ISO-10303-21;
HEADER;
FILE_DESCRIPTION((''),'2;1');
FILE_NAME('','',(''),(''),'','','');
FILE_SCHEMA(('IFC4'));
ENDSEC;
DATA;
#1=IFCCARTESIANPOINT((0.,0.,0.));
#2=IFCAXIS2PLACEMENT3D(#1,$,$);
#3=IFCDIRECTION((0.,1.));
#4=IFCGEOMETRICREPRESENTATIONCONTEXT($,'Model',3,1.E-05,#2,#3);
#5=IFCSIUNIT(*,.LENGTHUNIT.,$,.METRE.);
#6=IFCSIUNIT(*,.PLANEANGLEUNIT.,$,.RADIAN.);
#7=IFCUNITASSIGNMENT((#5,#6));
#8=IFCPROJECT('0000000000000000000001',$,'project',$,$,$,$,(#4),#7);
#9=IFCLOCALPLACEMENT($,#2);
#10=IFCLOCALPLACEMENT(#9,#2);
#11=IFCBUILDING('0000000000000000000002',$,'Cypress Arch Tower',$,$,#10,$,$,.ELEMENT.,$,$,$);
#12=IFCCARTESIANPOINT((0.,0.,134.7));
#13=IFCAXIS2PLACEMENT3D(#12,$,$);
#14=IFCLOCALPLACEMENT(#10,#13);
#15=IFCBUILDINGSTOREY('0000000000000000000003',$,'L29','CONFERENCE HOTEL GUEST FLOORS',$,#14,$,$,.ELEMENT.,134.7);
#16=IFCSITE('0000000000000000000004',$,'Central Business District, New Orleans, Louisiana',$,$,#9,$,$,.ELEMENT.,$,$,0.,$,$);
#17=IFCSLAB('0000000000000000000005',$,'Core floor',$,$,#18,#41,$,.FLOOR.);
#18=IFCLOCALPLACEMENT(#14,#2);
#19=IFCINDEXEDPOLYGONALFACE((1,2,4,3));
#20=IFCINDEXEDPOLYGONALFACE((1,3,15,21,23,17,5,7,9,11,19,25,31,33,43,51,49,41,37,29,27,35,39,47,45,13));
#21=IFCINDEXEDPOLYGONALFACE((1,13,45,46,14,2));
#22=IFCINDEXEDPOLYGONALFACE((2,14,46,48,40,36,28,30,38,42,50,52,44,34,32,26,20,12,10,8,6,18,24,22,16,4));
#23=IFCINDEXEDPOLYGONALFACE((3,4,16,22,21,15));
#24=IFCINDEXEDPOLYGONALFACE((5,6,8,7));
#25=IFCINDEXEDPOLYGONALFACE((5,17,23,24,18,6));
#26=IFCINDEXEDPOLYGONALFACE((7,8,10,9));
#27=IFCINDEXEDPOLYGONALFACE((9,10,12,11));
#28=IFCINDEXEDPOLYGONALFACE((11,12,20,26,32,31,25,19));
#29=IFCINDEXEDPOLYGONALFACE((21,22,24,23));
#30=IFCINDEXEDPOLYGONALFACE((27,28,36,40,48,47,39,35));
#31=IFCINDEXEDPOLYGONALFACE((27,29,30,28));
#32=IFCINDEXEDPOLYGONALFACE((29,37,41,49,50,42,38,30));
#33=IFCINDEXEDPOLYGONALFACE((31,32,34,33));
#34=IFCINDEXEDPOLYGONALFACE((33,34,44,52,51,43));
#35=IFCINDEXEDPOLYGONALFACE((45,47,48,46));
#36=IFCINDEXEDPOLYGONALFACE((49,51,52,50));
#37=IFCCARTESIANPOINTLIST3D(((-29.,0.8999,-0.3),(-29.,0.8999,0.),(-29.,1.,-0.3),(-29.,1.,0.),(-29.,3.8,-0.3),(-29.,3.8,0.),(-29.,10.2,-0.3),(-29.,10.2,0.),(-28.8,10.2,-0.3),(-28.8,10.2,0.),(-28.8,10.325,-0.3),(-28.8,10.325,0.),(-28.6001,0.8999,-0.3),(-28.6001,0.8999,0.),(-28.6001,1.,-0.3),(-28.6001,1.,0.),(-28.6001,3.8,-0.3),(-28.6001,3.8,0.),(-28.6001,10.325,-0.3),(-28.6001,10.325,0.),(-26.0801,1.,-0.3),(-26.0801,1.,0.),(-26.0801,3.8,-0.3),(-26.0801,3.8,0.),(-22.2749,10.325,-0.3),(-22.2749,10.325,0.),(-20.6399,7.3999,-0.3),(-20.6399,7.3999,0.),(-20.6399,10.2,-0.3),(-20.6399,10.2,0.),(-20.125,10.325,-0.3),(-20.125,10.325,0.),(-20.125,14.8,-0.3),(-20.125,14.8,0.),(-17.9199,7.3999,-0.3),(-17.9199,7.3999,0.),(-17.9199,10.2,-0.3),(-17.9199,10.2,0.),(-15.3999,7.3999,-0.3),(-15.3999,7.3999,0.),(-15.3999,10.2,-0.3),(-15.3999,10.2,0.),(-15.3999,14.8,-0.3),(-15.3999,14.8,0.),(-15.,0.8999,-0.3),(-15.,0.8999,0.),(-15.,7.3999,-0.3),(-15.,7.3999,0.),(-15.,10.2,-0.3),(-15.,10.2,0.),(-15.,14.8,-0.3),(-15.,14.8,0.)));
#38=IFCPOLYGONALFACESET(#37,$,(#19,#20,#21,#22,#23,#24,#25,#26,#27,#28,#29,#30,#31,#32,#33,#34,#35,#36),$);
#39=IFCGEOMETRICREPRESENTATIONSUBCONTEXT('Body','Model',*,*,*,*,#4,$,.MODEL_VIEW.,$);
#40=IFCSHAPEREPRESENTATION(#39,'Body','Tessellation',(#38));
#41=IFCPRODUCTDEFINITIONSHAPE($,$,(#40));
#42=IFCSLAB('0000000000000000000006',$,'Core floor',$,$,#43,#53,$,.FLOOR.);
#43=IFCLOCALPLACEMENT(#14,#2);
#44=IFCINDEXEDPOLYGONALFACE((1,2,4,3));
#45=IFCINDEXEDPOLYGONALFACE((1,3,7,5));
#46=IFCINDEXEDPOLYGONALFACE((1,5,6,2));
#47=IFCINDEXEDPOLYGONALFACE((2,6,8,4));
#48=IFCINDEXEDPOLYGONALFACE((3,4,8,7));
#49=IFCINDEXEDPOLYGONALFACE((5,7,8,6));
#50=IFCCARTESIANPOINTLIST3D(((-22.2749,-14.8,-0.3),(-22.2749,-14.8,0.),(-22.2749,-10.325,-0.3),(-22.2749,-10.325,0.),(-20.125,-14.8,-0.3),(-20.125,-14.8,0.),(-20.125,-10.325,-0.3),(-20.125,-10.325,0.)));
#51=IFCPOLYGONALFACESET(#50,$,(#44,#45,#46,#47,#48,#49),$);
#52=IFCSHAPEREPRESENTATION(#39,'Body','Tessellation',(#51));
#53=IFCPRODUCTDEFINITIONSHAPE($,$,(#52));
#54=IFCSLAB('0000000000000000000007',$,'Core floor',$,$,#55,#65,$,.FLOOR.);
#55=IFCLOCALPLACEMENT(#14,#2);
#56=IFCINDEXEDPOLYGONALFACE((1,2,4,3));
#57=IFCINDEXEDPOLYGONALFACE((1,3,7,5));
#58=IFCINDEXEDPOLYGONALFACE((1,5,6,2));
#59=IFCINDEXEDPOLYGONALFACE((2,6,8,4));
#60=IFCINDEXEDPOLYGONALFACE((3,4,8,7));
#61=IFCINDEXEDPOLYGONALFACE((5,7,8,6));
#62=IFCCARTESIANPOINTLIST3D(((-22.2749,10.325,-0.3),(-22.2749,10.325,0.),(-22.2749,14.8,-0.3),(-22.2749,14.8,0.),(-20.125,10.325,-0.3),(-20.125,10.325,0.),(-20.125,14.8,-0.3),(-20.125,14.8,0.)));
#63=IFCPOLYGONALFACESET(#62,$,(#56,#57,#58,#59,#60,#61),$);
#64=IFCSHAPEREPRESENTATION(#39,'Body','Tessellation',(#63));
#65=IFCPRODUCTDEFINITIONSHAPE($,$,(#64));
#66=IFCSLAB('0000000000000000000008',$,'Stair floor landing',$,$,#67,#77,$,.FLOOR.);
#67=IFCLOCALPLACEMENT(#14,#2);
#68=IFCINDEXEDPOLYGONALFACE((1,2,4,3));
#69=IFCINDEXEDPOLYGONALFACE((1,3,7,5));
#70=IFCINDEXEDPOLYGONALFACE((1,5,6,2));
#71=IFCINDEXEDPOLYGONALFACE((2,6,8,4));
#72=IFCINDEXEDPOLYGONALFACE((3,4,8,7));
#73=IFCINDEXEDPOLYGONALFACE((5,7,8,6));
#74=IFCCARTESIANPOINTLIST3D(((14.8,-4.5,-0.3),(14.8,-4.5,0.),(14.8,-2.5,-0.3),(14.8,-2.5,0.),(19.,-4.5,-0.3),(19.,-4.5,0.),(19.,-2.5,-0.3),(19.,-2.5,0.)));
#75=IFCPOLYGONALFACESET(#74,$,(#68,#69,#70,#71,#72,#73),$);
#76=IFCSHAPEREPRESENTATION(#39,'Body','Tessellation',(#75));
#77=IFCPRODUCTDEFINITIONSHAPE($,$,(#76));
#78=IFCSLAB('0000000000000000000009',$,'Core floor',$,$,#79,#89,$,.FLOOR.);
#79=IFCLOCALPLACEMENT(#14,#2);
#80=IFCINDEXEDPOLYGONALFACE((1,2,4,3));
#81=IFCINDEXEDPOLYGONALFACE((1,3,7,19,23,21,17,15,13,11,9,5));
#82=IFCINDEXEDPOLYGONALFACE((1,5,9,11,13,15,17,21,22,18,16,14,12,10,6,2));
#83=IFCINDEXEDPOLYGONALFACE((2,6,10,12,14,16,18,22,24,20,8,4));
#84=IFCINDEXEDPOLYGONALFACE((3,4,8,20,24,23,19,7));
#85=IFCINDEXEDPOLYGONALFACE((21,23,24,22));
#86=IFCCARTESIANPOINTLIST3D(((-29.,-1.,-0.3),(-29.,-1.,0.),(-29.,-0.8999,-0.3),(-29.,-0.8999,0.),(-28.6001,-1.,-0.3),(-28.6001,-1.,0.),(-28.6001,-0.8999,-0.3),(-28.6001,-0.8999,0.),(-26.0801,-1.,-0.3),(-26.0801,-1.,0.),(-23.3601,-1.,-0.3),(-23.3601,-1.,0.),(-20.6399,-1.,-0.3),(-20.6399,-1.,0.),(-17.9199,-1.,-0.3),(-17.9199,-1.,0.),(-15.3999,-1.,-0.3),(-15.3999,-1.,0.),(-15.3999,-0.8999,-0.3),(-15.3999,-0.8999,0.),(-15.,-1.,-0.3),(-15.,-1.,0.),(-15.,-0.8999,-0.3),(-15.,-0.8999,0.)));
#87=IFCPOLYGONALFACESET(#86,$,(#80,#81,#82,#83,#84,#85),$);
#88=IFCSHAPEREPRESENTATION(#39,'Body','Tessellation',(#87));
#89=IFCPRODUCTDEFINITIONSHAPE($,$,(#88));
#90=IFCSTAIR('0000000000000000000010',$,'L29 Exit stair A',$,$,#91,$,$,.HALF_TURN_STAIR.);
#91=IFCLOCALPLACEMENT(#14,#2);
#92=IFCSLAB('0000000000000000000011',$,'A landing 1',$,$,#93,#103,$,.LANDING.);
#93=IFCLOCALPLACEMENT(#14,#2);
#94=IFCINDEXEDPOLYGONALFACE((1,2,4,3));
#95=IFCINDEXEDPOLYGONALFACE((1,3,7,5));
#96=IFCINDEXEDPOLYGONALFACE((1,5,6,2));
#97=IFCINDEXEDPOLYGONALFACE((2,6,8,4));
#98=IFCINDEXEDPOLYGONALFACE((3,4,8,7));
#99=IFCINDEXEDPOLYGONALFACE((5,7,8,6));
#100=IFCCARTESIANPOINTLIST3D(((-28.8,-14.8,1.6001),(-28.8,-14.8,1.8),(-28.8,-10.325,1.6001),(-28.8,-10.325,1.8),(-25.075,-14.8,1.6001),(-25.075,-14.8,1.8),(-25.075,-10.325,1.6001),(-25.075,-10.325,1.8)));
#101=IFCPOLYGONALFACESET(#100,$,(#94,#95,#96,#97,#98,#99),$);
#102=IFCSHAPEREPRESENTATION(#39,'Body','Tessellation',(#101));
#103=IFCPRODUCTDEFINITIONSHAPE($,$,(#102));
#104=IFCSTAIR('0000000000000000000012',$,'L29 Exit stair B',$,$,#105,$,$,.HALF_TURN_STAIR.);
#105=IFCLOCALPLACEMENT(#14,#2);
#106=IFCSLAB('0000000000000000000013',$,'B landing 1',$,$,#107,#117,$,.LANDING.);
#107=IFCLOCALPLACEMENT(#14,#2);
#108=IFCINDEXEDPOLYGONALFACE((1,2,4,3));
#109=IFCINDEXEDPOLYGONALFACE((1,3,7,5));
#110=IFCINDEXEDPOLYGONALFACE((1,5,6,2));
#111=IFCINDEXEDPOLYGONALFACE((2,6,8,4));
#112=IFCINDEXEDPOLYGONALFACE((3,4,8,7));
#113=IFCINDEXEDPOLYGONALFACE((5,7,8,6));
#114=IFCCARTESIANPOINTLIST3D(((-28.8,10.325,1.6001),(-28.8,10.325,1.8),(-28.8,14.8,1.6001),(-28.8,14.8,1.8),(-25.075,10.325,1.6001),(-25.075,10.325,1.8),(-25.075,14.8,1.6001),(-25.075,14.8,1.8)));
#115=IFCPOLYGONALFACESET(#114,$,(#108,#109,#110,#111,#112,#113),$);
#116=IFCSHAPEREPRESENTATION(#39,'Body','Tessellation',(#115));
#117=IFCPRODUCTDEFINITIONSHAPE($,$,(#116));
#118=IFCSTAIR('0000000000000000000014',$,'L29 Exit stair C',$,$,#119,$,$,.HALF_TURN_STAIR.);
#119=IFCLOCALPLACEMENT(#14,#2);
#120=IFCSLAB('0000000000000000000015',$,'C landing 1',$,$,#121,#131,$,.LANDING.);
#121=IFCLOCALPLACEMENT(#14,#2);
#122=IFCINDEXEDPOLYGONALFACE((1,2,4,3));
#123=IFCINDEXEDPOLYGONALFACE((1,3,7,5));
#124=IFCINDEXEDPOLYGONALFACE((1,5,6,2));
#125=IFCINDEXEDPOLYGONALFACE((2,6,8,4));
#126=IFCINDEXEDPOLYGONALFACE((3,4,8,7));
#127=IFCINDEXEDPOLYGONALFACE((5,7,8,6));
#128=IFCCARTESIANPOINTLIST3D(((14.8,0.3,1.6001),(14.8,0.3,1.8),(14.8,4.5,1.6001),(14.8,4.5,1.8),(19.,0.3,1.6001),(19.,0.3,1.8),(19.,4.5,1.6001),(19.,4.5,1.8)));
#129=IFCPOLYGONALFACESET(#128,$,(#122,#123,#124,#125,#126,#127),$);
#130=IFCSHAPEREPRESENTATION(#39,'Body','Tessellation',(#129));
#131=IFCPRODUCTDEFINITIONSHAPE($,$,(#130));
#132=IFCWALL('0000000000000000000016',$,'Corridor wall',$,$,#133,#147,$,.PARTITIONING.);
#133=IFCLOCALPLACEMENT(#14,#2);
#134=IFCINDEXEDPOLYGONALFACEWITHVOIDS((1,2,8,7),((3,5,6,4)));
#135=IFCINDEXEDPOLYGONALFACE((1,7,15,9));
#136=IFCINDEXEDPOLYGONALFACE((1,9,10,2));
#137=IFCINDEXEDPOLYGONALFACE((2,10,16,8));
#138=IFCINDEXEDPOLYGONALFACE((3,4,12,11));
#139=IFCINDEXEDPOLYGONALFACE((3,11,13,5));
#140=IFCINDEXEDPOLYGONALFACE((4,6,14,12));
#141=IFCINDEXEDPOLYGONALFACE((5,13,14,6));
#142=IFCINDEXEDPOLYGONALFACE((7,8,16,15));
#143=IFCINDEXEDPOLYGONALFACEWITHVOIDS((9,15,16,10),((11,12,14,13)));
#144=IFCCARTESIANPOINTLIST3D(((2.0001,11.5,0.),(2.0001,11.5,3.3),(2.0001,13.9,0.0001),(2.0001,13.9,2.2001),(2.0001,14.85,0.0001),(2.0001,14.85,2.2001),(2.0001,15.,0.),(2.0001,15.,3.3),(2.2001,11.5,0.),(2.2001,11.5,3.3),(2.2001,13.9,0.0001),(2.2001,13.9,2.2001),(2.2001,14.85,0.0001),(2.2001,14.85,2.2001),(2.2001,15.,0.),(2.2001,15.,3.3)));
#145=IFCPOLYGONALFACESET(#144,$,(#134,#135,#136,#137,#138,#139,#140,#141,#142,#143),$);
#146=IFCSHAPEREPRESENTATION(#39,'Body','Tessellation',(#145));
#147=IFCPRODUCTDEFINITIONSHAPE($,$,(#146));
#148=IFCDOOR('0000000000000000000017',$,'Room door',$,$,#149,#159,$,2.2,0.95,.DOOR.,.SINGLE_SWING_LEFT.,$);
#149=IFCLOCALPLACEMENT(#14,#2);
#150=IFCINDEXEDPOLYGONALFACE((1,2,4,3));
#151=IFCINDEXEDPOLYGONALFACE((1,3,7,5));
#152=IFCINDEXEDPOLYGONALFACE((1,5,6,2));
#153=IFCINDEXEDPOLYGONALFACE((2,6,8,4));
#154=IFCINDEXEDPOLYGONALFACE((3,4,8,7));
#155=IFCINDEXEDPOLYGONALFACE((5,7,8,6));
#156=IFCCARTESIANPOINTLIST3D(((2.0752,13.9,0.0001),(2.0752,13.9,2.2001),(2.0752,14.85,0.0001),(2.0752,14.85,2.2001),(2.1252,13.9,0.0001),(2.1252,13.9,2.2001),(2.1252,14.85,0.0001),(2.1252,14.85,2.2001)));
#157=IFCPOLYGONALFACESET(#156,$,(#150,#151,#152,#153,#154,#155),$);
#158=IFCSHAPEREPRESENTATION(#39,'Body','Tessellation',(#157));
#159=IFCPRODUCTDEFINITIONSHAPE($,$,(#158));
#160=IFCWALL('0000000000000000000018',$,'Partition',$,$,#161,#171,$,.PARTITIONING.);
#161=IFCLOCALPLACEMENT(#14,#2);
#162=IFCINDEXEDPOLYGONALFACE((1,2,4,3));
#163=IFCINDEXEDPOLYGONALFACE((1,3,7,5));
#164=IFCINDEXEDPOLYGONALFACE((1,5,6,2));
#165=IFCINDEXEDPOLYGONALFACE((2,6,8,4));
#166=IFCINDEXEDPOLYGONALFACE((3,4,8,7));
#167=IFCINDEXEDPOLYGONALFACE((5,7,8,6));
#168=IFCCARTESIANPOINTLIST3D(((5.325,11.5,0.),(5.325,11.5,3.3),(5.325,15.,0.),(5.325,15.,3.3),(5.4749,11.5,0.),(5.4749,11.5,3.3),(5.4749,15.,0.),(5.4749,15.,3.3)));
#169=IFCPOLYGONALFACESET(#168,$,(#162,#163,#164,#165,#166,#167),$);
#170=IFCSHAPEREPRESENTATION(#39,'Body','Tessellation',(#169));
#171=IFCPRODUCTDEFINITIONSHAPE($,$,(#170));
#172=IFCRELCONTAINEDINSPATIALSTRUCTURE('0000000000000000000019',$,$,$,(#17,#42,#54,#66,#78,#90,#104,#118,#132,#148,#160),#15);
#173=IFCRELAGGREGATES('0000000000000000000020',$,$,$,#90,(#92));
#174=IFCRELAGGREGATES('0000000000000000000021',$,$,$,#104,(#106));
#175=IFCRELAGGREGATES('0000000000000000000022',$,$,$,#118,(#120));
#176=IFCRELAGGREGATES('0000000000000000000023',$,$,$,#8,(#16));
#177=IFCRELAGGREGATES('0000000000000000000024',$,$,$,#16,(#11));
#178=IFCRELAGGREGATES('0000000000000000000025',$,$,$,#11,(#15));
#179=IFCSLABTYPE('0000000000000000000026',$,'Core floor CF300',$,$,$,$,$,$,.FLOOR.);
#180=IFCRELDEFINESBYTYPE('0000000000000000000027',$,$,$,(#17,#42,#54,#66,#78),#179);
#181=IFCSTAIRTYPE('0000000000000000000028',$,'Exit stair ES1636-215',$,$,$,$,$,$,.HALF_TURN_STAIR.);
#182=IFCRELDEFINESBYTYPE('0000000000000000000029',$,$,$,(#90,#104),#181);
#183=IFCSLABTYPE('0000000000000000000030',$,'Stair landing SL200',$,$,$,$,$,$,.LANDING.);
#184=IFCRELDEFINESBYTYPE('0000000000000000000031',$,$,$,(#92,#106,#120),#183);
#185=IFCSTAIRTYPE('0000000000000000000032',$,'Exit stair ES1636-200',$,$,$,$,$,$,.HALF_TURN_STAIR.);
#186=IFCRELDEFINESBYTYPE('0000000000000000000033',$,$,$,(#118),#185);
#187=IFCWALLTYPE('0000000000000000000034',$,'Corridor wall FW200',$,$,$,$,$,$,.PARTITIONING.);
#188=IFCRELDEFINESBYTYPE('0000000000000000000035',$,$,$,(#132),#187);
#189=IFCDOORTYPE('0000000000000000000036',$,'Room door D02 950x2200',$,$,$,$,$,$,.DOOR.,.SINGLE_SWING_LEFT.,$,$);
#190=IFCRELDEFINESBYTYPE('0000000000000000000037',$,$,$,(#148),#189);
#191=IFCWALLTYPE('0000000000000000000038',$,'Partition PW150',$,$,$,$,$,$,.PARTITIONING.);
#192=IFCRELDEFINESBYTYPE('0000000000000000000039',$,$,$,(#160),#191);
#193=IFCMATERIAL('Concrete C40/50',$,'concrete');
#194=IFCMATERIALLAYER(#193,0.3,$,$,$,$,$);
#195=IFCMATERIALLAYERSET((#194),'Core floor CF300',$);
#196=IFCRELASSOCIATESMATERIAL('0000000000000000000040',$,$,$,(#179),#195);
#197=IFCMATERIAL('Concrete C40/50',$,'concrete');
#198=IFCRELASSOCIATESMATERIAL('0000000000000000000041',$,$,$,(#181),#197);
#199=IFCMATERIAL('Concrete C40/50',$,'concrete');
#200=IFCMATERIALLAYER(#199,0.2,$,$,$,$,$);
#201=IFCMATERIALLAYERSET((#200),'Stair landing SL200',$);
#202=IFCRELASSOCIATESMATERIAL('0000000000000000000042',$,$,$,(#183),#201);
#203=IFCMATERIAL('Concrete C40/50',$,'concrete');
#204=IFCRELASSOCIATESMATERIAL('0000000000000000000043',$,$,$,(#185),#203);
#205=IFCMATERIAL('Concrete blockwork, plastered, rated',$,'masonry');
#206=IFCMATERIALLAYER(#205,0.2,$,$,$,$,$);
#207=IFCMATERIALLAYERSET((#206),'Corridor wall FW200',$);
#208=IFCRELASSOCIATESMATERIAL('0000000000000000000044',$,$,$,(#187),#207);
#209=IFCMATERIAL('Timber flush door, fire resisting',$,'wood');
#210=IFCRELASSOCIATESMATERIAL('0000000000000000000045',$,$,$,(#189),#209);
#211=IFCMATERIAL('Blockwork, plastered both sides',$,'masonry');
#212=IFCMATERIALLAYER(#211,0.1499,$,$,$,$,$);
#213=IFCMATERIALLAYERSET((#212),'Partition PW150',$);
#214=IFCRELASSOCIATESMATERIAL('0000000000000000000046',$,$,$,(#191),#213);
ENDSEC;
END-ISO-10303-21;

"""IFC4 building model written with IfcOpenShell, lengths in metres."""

from ifc_helpers import new_model, si_unit, direction, frame, frame_2d, origin, place, context, subcontext, project, spatial, polyline, rectangle, outline, extrude, material, layer, layer_set, type_object, element, fill, aggregate, save


model = new_model("IFC4")

# Units and contexts
model_context = context("Model", 3, precision=1e-05, world=origin(), true_north=direction((0.0, 1.0)))
body_context = subcontext(model_context, "Body", "Model", "MODEL_VIEW")
ifc_project = project(units=[si_unit("LENGTHUNIT", "METRE"), si_unit("PLANEANGLEUNIT", "RADIAN")], contexts=[model_context])

# Site, building, storey
site_placement = place(None, origin())
site = spatial("IfcSite", under=ifc_project, at=site_placement, Name="Central Business District, New Orleans, Louisiana", CompositionType="ELEMENT", RefElevation=0.0)
building_placement = place(site_placement, origin())
building = spatial("IfcBuilding", under=site, at=building_placement, Name="Cypress Arch Tower", CompositionType="ELEMENT")
storey_placement = place(building_placement, frame((0.0, 0.0, 134.7)))
storey = spatial("IfcBuildingStorey", under=building, at=storey_placement, Name="L29", Description="CONFERENCE HOTEL GUEST FLOORS", CompositionType="ELEMENT", Elevation=134.7)

# Slabs
ifc_material_1 = material(Name="Concrete C40/50", Category="concrete")
ifc_layer_1 = layer(ifc_material_1, 0.3)
ifc_layer_set_1 = layer_set([ifc_layer_1], Name="Core floor CF300")
slab_type_1 = type_object("IfcSlabType", Name="Core floor CF300", PredefinedType="FLOOR", material=ifc_layer_set_1)
slab_1_placement = place(storey_placement, frame((0.0, 0.0, -0.3)))
element("IfcSlab", 1, at=slab_1_placement, inside=storey, type_object=slab_type_1, Name="Core floor", PredefinedType="FLOOR", context=body_context, shape_type="SweptSolid", body=[
    extrude(outline(polyline([(-29.0, 3.8), (-29.0, 10.2), (-28.8, 10.2), (-28.8, 10.325), (-28.6001, 10.325), (-22.2749, 10.325), (-20.125, 10.325), (-20.125, 14.8), (-15.3999, 14.8), (-15.0, 14.8), (-15.0, 10.2), (-15.3999, 10.2), (-17.9199, 10.2), (-20.6399, 10.2), (-20.6399, 7.3999), (-17.9199, 7.3999), (-15.3999, 7.3999), (-15.0, 7.3999), (-15.0, 0.8999), (-28.6001, 0.8999), (-29.0, 0.8999), (-29.0, 1.0), (-28.6001, 1.0), (-26.0801, 1.0), (-26.0801, 3.8), (-28.6001, 3.8), (-29.0, 3.8)])), origin(), (0.0, 0.0, 1.0), 0.3),
])
slab_2_placement = place(storey_placement, frame((0.0, 0.0, -0.3)))
element("IfcSlab", 2, at=slab_2_placement, inside=storey, type_object=slab_type_1, Name="Core floor", PredefinedType="FLOOR", context=body_context, shape_type="SweptSolid", body=[
    extrude(outline(polyline([(-22.2749, -10.325), (-22.2749, -14.8), (-20.125, -14.8), (-20.125, -10.325), (-22.2749, -10.325)])), origin(), (0.0, 0.0, 1.0), 0.3),
])
slab_3_placement = place(storey_placement, frame((0.0, 0.0, -0.3)))
element("IfcSlab", 3, at=slab_3_placement, inside=storey, type_object=slab_type_1, Name="Core floor", PredefinedType="FLOOR", context=body_context, shape_type="SweptSolid", body=[
    extrude(outline(polyline([(-20.125, 14.8), (-22.2749, 14.8), (-22.2749, 10.325), (-20.125, 10.325), (-20.125, 14.8)])), origin(), (0.0, 0.0, 1.0), 0.3),
])
slab_4_placement = place(storey_placement, frame((0.0, 0.0, -0.3)))
element("IfcSlab", 4, at=slab_4_placement, inside=storey, type_object=slab_type_1, Name="Stair floor landing", PredefinedType="FLOOR", context=body_context, shape_type="SweptSolid", body=[
    extrude(outline(polyline([(19.0, -4.5), (19.0, -2.5), (14.8, -2.5), (14.8, -4.5), (19.0, -4.5)])), origin(), (0.0, 0.0, 1.0), 0.3),
])
slab_5_placement = place(storey_placement, frame((0.0, 0.0, -0.3)))
element("IfcSlab", 5, at=slab_5_placement, inside=storey, type_object=slab_type_1, Name="Core floor", PredefinedType="FLOOR", context=body_context, shape_type="SweptSolid", body=[
    extrude(outline(polyline([(-20.6399, -1.0), (-23.3601, -1.0), (-26.0801, -1.0), (-28.6001, -1.0), (-29.0, -1.0), (-29.0, -0.8999), (-28.6001, -0.8999), (-15.3999, -0.8999), (-15.0, -0.8999), (-15.0, -1.0), (-15.3999, -1.0), (-17.9199, -1.0), (-20.6399, -1.0)])), origin(), (0.0, 0.0, 1.0), 0.3),
])

# Stairs, slabs
ifc_material_2 = material(Name="Concrete C40/50", Category="concrete")
stair_type_1 = type_object("IfcStairType", Name="Exit stair ES1636-215", PredefinedType="HALF_TURN_STAIR", material=ifc_material_2)
stair_1_placement = place(storey_placement, origin())
stair_1 = element("IfcStair", 6, at=stair_1_placement, inside=storey, type_object=stair_type_1, Name="L29 Exit stair A", PredefinedType="HALF_TURN_STAIR")
ifc_material_3 = material(Name="Concrete C40/50", Category="concrete")
ifc_layer_2 = layer(ifc_material_3, 0.2)
ifc_layer_set_2 = layer_set([ifc_layer_2], Name="Stair landing SL200")
slab_type_2 = type_object("IfcSlabType", Name="Stair landing SL200", PredefinedType="LANDING", material=ifc_layer_set_2)
slab_6_placement = place(storey_placement, frame((0.0, 0.0, 1.6001)))
slab_6 = element("IfcSlab", 7, at=slab_6_placement, type_object=slab_type_2, Name="A landing 1", PredefinedType="LANDING", context=body_context, shape_type="SweptSolid", body=[
    extrude(outline(polyline([(-25.075, -10.325), (-28.8, -10.325), (-28.8, -14.8), (-25.075, -14.8), (-25.075, -10.325)])), origin(), (0.0, 0.0, 1.0), 0.2),
])
aggregate(stair_1, [slab_6])
stair_2_placement = place(storey_placement, origin())
stair_2 = element("IfcStair", 8, at=stair_2_placement, inside=storey, type_object=stair_type_1, Name="L29 Exit stair B", PredefinedType="HALF_TURN_STAIR")
slab_7_placement = place(storey_placement, frame((0.0, 0.0, 1.6001)))
slab_7 = element("IfcSlab", 9, at=slab_7_placement, type_object=slab_type_2, Name="B landing 1", PredefinedType="LANDING", context=body_context, shape_type="SweptSolid", body=[
    extrude(outline(polyline([(-25.075, 14.8), (-28.8, 14.8), (-28.8, 10.325), (-25.075, 10.325), (-25.075, 14.8)])), origin(), (0.0, 0.0, 1.0), 0.2),
])
aggregate(stair_2, [slab_7])
ifc_material_4 = material(Name="Concrete C40/50", Category="concrete")
stair_type_2 = type_object("IfcStairType", Name="Exit stair ES1636-200", PredefinedType="HALF_TURN_STAIR", material=ifc_material_4)
stair_3_placement = place(storey_placement, origin())
stair_3 = element("IfcStair", 10, at=stair_3_placement, inside=storey, type_object=stair_type_2, Name="L29 Exit stair C", PredefinedType="HALF_TURN_STAIR")
slab_8_placement = place(storey_placement, frame((0.0, 0.0, 1.6001)))
slab_8 = element("IfcSlab", 11, at=slab_8_placement, type_object=slab_type_2, Name="C landing 1", PredefinedType="LANDING", context=body_context, shape_type="SweptSolid", body=[
    extrude(outline(polyline([(19.0, 0.3), (19.0, 4.5), (14.8, 4.5), (14.8, 0.3), (19.0, 0.3)])), origin(), (0.0, 0.0, 1.0), 0.2),
])
aggregate(stair_3, [slab_8])

# Wall, opening, door
ifc_material_5 = material(Name="Concrete blockwork, plastered, rated", Category="masonry")
ifc_layer_3 = layer(ifc_material_5, 0.2)
ifc_layer_set_3 = layer_set([ifc_layer_3], Name="Corridor wall FW200")
wall_type_1 = type_object("IfcWallType", Name="Corridor wall FW200", PredefinedType="PARTITIONING", material=ifc_layer_set_3)
wall_1_placement = place(storey_placement, frame((2.1001, 11.5, 0.0), z_axis=(0.0, 0.0, 1.0), x_axis=(0.0, 1.0, 0.0)))
wall_1 = element("IfcWall", 12, at=wall_1_placement, inside=storey, type_object=wall_type_1, Name="Corridor wall", PredefinedType="PARTITIONING", context=body_context, shape_type="SweptSolid", body=[
    extrude(rectangle(XDim=3.5, YDim=0.2, at=frame_2d((1.75, 0.0))), origin(), (0.0, 0.0, 1.0), 3.3),
])
opening_placement = place(wall_1_placement, frame((2.3999, 0.0, 0.0)))
opening = element("IfcOpeningElement", 13, at=opening_placement, cuts=wall_1, PredefinedType="OPENING", context=body_context, shape_type="SweptSolid", body=[
    extrude(rectangle(XDim=0.95, YDim=2.2, at=frame_2d((0.4751, 1.1001))), frame((0.0, 0.1099, 0.0), z_axis=(0.0, -1.0, 0.0), x_axis=(1.0, 0.0, 0.0)), (0.0, 0.0, 1.0), 0.22),
])
ifc_material_6 = material(Name="Timber flush door, fire resisting", Category="wood")
door_type = type_object("IfcDoorType", Name="Room door D02 950x2200", OperationType="SINGLE_SWING_LEFT", PredefinedType="DOOR", material=ifc_material_6)
door_placement = place(opening_placement, origin())
door = element("IfcDoor", 14, at=door_placement, inside=storey, type_object=door_type, Name="Room door", OperationType="SINGLE_SWING_LEFT", OverallHeight=2.2, OverallWidth=0.95, PredefinedType="DOOR", context=body_context, shape_type="SweptSolid", body=[
    extrude(rectangle(XDim=0.95, YDim=2.2, at=frame_2d((0.4751, 1.1001))), frame((0.0, 0.0249, 0.0), z_axis=(0.0, -1.0, 0.0), x_axis=(1.0, 0.0, 0.0)), (0.0, 0.0, 1.0), 0.05),
])
fill(opening, door)

# Wall
ifc_material_7 = material(Name="Blockwork, plastered both sides", Category="masonry")
ifc_layer_4 = layer(ifc_material_7, 0.1499)
ifc_layer_set_4 = layer_set([ifc_layer_4], Name="Partition PW150")
wall_type_2 = type_object("IfcWallType", Name="Partition PW150", PredefinedType="PARTITIONING", material=ifc_layer_set_4)
wall_2_placement = place(storey_placement, frame((5.3999, 11.5, 0.0), z_axis=(0.0, 0.0, 1.0), x_axis=(0.0, 1.0, 0.0)))
element("IfcWall", 15, at=wall_2_placement, inside=storey, type_object=wall_type_2, Name="Partition", PredefinedType="PARTITIONING", context=body_context, shape_type="SweptSolid", body=[
    extrude(rectangle(XDim=3.5, YDim=0.1499, at=frame_2d((1.75, 0.0))), origin(), (0.0, 0.0, 1.0), 3.3),
])

save(model, "model.ifc")
